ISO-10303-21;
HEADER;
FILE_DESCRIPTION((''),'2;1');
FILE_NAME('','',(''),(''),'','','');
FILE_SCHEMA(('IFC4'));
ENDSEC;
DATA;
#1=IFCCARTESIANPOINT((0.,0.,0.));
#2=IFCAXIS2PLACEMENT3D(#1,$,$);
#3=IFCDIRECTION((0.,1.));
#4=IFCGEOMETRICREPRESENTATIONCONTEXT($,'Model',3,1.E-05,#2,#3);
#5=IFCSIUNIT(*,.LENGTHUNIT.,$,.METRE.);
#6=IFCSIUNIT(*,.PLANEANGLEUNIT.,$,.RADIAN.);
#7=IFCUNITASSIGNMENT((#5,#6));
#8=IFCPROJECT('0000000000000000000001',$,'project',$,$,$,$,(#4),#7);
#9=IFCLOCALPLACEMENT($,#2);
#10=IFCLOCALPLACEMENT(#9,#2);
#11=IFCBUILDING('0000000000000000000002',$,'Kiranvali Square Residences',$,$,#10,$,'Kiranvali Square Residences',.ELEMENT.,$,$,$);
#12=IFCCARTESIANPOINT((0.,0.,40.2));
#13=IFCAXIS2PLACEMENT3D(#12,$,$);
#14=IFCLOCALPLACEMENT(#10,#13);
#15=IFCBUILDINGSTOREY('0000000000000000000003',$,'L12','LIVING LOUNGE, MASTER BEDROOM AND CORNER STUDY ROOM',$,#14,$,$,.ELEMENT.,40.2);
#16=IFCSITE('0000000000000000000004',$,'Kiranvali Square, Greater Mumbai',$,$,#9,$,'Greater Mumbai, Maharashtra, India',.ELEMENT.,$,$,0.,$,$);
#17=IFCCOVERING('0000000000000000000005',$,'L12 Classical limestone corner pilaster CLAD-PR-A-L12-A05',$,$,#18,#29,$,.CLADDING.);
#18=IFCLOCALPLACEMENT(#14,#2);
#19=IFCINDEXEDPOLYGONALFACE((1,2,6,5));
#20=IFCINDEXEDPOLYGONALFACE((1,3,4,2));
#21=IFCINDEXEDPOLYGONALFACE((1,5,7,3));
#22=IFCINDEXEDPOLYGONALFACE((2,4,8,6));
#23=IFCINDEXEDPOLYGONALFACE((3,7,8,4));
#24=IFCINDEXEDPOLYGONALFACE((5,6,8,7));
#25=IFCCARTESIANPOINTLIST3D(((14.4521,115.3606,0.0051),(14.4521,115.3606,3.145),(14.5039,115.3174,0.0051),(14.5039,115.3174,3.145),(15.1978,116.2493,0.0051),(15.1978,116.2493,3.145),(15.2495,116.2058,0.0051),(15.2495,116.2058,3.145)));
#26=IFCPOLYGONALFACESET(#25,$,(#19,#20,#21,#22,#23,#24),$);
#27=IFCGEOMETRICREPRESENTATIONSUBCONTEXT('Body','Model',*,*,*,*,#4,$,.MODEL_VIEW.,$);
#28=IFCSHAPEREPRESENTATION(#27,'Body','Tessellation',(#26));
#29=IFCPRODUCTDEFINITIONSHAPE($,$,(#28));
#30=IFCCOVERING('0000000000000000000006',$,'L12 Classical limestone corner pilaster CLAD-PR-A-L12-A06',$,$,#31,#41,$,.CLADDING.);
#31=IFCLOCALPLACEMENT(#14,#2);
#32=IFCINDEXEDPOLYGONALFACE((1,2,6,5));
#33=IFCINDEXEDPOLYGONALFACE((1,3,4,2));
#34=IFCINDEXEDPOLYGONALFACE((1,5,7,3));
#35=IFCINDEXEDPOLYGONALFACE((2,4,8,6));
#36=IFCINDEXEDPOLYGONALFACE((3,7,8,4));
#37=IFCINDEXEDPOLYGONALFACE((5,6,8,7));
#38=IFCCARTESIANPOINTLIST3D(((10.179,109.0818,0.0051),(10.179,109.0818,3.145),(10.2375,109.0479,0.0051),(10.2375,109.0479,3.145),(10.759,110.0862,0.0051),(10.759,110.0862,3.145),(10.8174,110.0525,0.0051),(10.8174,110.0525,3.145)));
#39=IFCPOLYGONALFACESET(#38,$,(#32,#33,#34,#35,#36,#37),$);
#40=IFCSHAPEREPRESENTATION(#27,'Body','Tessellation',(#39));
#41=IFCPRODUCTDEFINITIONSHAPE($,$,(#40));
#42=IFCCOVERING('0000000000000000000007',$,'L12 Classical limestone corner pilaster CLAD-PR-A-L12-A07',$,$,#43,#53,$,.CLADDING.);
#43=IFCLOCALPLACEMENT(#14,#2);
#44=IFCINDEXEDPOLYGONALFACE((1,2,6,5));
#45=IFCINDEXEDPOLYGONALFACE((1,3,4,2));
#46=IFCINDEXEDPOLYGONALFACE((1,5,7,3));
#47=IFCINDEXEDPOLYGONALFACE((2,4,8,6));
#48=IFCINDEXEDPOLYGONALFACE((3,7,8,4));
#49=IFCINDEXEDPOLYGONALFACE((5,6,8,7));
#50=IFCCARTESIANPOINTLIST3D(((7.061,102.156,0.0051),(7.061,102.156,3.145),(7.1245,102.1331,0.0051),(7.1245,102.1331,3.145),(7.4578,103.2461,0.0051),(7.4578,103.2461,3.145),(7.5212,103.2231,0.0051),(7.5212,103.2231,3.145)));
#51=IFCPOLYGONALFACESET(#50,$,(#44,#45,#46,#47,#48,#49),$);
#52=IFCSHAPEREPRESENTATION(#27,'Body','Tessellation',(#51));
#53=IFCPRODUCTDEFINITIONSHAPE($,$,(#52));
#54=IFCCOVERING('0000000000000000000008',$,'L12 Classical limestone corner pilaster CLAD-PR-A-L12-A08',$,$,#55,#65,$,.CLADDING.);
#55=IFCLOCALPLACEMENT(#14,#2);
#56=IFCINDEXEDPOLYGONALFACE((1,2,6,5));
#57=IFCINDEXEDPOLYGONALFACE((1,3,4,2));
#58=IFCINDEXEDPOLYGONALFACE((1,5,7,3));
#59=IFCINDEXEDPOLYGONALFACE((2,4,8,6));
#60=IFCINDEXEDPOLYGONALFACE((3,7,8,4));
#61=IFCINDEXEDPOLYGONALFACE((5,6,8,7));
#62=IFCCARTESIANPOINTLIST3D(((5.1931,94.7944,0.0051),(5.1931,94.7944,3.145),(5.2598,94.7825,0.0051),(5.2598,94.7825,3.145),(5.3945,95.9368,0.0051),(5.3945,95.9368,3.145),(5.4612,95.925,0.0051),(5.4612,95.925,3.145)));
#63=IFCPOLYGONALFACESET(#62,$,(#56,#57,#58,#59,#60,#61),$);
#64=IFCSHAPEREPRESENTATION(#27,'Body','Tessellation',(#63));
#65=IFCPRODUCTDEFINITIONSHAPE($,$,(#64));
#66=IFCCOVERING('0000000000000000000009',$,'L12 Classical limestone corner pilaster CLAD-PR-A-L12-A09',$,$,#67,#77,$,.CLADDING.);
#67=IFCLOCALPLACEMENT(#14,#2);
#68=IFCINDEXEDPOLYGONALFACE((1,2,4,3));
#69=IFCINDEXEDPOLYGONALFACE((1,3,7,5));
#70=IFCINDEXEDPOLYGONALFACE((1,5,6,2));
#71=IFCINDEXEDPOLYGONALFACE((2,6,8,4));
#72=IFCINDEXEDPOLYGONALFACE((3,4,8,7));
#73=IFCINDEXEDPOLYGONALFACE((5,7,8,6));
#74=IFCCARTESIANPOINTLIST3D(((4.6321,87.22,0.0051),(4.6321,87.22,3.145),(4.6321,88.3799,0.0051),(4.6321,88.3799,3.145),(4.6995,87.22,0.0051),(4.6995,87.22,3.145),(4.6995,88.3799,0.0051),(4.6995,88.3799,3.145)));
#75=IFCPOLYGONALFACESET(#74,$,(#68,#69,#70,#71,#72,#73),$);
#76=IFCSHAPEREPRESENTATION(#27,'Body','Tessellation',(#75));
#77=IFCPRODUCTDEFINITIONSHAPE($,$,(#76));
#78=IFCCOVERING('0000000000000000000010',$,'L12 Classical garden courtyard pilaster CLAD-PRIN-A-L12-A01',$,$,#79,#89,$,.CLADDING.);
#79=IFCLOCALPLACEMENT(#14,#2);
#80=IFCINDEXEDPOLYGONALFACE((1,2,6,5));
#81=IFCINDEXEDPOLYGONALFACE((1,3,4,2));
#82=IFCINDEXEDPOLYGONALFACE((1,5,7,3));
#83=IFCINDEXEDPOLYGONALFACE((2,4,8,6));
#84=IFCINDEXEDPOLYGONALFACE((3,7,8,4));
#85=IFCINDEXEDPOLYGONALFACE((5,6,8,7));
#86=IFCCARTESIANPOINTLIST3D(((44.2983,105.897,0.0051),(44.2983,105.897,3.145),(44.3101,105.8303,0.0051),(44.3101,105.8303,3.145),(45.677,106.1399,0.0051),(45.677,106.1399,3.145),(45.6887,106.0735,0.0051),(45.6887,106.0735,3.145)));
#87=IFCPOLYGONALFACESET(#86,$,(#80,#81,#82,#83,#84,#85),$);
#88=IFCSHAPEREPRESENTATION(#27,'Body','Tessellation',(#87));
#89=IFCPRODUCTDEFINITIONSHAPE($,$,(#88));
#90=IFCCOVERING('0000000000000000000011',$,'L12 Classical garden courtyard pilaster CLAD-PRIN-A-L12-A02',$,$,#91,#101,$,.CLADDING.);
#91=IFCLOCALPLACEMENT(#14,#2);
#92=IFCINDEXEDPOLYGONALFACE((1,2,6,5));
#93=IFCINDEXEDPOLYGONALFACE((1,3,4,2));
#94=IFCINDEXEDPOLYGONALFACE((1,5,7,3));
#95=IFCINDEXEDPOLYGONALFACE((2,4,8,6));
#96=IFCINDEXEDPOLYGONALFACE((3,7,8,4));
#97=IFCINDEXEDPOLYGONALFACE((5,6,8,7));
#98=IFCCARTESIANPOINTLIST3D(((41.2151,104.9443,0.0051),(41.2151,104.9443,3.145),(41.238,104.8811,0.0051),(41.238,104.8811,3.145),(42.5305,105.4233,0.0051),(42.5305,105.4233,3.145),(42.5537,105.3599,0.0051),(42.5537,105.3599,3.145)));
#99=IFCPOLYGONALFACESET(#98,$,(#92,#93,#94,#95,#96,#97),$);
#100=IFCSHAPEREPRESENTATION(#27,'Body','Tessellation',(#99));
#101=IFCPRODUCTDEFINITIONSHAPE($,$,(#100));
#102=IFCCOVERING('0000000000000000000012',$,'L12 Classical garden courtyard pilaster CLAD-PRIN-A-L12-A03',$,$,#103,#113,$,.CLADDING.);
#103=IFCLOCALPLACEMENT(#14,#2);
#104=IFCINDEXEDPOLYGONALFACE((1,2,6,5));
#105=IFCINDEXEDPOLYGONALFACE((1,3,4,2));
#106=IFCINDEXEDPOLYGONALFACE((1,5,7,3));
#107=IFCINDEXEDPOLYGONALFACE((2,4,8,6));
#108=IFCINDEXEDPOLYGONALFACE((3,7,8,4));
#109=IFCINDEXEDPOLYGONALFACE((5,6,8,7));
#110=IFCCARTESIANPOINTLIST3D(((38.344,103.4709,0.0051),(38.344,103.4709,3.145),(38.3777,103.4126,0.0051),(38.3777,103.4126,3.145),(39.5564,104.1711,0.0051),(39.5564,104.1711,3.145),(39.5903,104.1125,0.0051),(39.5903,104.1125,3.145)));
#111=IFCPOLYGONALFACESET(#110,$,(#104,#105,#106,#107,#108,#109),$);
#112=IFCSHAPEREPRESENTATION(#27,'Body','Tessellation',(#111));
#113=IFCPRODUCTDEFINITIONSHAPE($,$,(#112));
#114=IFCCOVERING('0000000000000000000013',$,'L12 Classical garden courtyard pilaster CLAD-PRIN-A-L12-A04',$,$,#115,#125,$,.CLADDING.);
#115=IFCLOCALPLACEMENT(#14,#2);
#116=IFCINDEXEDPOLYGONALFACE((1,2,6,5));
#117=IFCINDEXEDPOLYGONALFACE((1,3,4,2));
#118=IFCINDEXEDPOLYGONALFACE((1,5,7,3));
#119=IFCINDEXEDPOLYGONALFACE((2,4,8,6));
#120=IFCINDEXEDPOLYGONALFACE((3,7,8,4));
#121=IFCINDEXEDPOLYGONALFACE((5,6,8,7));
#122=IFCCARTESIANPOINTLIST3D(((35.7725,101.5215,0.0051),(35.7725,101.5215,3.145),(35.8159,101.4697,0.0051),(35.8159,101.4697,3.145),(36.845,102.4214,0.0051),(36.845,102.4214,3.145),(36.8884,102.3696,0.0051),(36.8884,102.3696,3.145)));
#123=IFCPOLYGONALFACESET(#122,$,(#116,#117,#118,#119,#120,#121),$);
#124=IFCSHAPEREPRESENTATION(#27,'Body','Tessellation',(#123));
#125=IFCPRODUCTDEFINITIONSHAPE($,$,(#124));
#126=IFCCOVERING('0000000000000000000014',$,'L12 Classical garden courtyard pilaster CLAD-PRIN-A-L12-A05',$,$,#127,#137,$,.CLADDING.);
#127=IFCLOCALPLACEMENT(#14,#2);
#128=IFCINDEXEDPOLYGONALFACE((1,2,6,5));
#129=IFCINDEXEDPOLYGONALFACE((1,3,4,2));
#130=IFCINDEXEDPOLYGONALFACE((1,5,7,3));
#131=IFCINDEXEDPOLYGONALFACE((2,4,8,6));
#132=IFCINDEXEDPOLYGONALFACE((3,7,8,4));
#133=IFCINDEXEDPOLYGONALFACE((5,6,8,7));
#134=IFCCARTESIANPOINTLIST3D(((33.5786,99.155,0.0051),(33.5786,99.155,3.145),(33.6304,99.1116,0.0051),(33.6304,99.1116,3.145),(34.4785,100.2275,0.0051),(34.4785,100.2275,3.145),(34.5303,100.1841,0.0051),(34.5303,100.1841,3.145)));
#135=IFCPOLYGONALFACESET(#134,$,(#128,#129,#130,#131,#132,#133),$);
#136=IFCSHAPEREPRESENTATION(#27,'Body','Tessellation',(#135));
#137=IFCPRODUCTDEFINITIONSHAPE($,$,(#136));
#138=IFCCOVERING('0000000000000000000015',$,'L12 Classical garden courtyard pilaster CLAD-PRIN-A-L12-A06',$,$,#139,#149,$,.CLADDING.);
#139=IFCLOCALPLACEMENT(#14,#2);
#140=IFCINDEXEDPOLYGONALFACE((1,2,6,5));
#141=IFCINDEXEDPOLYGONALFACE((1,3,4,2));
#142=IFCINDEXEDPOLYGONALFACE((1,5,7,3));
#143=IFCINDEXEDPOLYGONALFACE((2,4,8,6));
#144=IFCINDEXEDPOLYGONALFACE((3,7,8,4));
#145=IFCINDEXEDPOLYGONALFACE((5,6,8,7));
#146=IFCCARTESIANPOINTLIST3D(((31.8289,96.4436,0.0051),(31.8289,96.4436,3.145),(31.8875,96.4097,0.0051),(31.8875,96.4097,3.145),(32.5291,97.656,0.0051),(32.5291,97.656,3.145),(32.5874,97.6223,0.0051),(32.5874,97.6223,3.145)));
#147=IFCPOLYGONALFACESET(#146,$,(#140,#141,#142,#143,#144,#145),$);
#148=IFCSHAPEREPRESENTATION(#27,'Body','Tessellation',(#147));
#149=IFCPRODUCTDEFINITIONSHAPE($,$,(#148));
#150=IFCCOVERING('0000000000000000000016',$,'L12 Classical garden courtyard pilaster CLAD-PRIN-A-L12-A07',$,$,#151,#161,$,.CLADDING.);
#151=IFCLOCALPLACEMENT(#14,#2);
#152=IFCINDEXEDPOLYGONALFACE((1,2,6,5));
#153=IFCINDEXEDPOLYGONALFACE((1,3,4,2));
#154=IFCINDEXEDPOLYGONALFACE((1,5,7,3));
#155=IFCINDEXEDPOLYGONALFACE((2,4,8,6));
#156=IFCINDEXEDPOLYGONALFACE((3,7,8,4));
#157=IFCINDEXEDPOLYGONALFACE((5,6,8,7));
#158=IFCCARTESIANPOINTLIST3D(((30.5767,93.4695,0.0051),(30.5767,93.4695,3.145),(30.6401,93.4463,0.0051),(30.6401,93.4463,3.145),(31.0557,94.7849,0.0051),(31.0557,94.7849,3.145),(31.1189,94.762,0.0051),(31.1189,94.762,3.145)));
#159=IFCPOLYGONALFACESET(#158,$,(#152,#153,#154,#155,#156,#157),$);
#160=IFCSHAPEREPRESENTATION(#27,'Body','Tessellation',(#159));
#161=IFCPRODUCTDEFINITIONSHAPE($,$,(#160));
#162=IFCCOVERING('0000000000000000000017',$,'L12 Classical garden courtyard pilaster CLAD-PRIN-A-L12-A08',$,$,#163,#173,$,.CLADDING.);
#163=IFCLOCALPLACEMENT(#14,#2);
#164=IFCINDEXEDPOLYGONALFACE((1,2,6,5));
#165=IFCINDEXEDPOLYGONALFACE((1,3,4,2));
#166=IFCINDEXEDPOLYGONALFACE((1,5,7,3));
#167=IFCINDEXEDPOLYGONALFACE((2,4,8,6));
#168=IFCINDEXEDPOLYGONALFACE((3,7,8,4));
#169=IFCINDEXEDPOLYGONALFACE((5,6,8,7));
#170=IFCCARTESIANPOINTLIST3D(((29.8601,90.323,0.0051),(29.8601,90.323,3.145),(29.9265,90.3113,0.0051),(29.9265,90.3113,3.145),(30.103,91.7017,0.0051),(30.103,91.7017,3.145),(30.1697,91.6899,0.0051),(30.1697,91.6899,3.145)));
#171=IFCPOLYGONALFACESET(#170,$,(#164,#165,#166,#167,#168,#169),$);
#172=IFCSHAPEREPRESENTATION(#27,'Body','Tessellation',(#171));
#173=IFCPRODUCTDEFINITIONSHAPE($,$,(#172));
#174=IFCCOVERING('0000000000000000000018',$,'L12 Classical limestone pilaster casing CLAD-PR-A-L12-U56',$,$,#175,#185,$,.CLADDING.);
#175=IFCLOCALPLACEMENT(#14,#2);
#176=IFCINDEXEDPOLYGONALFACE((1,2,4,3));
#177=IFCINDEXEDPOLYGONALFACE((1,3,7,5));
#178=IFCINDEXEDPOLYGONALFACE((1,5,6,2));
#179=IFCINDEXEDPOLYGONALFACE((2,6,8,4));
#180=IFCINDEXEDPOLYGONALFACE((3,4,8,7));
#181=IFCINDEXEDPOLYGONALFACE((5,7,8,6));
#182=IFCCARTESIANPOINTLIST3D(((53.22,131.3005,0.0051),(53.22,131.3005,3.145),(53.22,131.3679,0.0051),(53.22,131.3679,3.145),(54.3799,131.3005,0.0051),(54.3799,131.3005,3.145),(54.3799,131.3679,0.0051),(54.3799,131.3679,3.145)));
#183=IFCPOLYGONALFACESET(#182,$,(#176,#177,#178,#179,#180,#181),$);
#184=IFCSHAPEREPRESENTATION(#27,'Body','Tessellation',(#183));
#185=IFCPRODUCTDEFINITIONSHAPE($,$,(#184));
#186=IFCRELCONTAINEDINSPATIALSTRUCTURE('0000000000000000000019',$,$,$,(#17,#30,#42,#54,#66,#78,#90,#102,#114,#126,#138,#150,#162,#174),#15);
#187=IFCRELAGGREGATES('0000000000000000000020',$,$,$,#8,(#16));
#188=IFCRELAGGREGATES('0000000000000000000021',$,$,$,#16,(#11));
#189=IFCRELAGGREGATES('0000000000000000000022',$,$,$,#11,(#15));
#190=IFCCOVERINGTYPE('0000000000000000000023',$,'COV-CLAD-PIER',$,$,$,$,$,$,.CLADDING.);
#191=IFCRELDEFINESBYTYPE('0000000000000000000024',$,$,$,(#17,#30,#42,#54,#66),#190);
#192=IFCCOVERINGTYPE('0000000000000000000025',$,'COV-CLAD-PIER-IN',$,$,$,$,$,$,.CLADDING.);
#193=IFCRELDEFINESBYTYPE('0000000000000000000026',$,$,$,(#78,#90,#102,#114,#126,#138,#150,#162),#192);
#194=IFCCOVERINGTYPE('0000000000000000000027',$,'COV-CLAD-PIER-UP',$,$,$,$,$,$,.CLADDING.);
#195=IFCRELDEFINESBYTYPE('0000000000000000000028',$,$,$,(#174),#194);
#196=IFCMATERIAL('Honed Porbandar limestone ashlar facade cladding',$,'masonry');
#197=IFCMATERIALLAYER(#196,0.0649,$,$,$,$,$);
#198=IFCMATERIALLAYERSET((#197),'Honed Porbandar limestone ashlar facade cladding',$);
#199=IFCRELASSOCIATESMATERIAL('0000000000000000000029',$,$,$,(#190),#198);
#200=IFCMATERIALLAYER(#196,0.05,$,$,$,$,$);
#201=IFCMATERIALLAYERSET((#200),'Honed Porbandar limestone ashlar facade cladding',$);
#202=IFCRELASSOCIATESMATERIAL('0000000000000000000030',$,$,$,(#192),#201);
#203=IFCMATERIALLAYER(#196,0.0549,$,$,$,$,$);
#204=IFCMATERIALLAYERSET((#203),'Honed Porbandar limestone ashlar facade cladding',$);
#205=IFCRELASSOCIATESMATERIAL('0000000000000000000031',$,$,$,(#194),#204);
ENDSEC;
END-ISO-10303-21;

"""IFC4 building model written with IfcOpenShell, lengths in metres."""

from ifc_helpers import new_model, si_unit, direction, frame, origin, place, context, subcontext, project, spatial, polyline, outline, extrude, material, layer, layer_set, type_object, element, save


model = new_model("IFC4")

# Units and contexts
model_context = context("Model", 3, precision=1e-05, world=origin(), true_north=direction((0.0, 1.0)))
body_context = subcontext(model_context, "Body", "Model", "MODEL_VIEW")
ifc_project = project(units=[si_unit("LENGTHUNIT", "METRE"), si_unit("PLANEANGLEUNIT", "RADIAN")], contexts=[model_context])

# Site, building, storey
site_placement = place(None, origin())
site = spatial("IfcSite", under=ifc_project, at=site_placement, Name="Kiranvali Square, Greater Mumbai", LongName="Greater Mumbai, Maharashtra, India", CompositionType="ELEMENT", RefElevation=0.0)
building_placement = place(site_placement, origin())
building = spatial("IfcBuilding", under=site, at=building_placement, Name="Kiranvali Square Residences", LongName="Kiranvali Square Residences", CompositionType="ELEMENT")
storey_placement = place(building_placement, frame((0.0, 0.0, 40.2)))
storey = spatial("IfcBuildingStorey", under=building, at=storey_placement, Name="L12", Description="LIVING LOUNGE, MASTER BEDROOM AND CORNER STUDY ROOM", CompositionType="ELEMENT", Elevation=40.2)

# Coverings
ifc_material = material(Name="Honed Porbandar limestone ashlar facade cladding", Category="masonry")
ifc_layer_1 = layer(ifc_material, 0.0649)
ifc_layer_set_1 = layer_set([ifc_layer_1], Name="Honed Porbandar limestone ashlar facade cladding")
covering_type_1 = type_object("IfcCoveringType", Name="COV-CLAD-PIER", PredefinedType="CLADDING", material=ifc_layer_set_1)
covering_1_placement = place(storey_placement, frame((0.0, 0.0, 0.0051)))
element("IfcCovering", 1, at=covering_1_placement, inside=storey, type_object=covering_type_1, Name="L12 Classical limestone corner pilaster CLAD-PR-A-L12-A05", PredefinedType="CLADDING", context=body_context, shape_type="SweptSolid", body=[
    extrude(outline(polyline([(15.1978, 116.2493), (14.4521, 115.3606), (14.5039, 115.3174), (15.2495, 116.2058), (15.1978, 116.2493)])), origin(), (0.0, 0.0, 1.0), 3.1399),
])
covering_2_placement = place(storey_placement, frame((0.0, 0.0, 0.0051)))
element("IfcCovering", 2, at=covering_2_placement, inside=storey, type_object=covering_type_1, Name="L12 Classical limestone corner pilaster CLAD-PR-A-L12-A06", PredefinedType="CLADDING", context=body_context, shape_type="SweptSolid", body=[
    extrude(outline(polyline([(10.759, 110.0862), (10.179, 109.0818), (10.2375, 109.0479), (10.8174, 110.0525), (10.759, 110.0862)])), origin(), (0.0, 0.0, 1.0), 3.1399),
])
covering_3_placement = place(storey_placement, frame((0.0, 0.0, 0.0051)))
element("IfcCovering", 3, at=covering_3_placement, inside=storey, type_object=covering_type_1, Name="L12 Classical limestone corner pilaster CLAD-PR-A-L12-A07", PredefinedType="CLADDING", context=body_context, shape_type="SweptSolid", body=[
    extrude(outline(polyline([(7.4578, 103.2461), (7.061, 102.156), (7.1245, 102.1331), (7.5212, 103.2231), (7.4578, 103.2461)])), origin(), (0.0, 0.0, 1.0), 3.1399),
])
covering_4_placement = place(storey_placement, frame((0.0, 0.0, 0.0051)))
element("IfcCovering", 4, at=covering_4_placement, inside=storey, type_object=covering_type_1, Name="L12 Classical limestone corner pilaster CLAD-PR-A-L12-A08", PredefinedType="CLADDING", context=body_context, shape_type="SweptSolid", body=[
    extrude(outline(polyline([(5.3945, 95.9368), (5.1931, 94.7944), (5.2598, 94.7825), (5.4612, 95.925), (5.3945, 95.9368)])), origin(), (0.0, 0.0, 1.0), 3.1399),
])
covering_5_placement = place(storey_placement, frame((0.0, 0.0, 0.0051)))
element("IfcCovering", 5, at=covering_5_placement, inside=storey, type_object=covering_type_1, Name="L12 Classical limestone corner pilaster CLAD-PR-A-L12-A09", PredefinedType="CLADDING", context=body_context, shape_type="SweptSolid", body=[
    extrude(outline(polyline([(4.6321, 88.3799), (4.6321, 87.22), (4.6995, 87.22), (4.6995, 88.3799), (4.6321, 88.3799)])), origin(), (0.0, 0.0, 1.0), 3.1399),
])
ifc_layer_2 = layer(ifc_material, 0.05)
ifc_layer_set_2 = layer_set([ifc_layer_2], Name="Honed Porbandar limestone ashlar facade cladding")
covering_type_2 = type_object("IfcCoveringType", Name="COV-CLAD-PIER-IN", PredefinedType="CLADDING", material=ifc_layer_set_2)
covering_6_placement = place(storey_placement, frame((0.0, 0.0, 0.0051)))
element("IfcCovering", 6, at=covering_6_placement, inside=storey, type_object=covering_type_2, Name="L12 Classical garden courtyard pilaster CLAD-PRIN-A-L12-A01", PredefinedType="CLADDING", context=body_context, shape_type="SweptSolid", body=[
    extrude(outline(polyline([(44.3101, 105.8303), (45.6887, 106.0735), (45.677, 106.1399), (44.2983, 105.897), (44.3101, 105.8303)])), origin(), (0.0, 0.0, 1.0), 3.1399),
])
covering_7_placement = place(storey_placement, frame((0.0, 0.0, 0.0051)))
element("IfcCovering", 7, at=covering_7_placement, inside=storey, type_object=covering_type_2, Name="L12 Classical garden courtyard pilaster CLAD-PRIN-A-L12-A02", PredefinedType="CLADDING", context=body_context, shape_type="SweptSolid", body=[
    extrude(outline(polyline([(41.238, 104.8811), (42.5537, 105.3599), (42.5305, 105.4233), (41.2151, 104.9443), (41.238, 104.8811)])), origin(), (0.0, 0.0, 1.0), 3.1399),
])
covering_8_placement = place(storey_placement, frame((0.0, 0.0, 0.0051)))
element("IfcCovering", 8, at=covering_8_placement, inside=storey, type_object=covering_type_2, Name="L12 Classical garden courtyard pilaster CLAD-PRIN-A-L12-A03", PredefinedType="CLADDING", context=body_context, shape_type="SweptSolid", body=[
    extrude(outline(polyline([(38.3777, 103.4126), (39.5903, 104.1125), (39.5564, 104.1711), (38.344, 103.4709), (38.3777, 103.4126)])), origin(), (0.0, 0.0, 1.0), 3.1399),
])
covering_9_placement = place(storey_placement, frame((0.0, 0.0, 0.0051)))
element("IfcCovering", 9, at=covering_9_placement, inside=storey, type_object=covering_type_2, Name="L12 Classical garden courtyard pilaster CLAD-PRIN-A-L12-A04", PredefinedType="CLADDING", context=body_context, shape_type="SweptSolid", body=[
    extrude(outline(polyline([(35.8159, 101.4697), (36.8884, 102.3696), (36.845, 102.4214), (35.7725, 101.5215), (35.8159, 101.4697)])), origin(), (0.0, 0.0, 1.0), 3.1399),
])
covering_10_placement = place(storey_placement, frame((0.0, 0.0, 0.0051)))
element("IfcCovering", 10, at=covering_10_placement, inside=storey, type_object=covering_type_2, Name="L12 Classical garden courtyard pilaster CLAD-PRIN-A-L12-A05", PredefinedType="CLADDING", context=body_context, shape_type="SweptSolid", body=[
    extrude(outline(polyline([(33.6304, 99.1116), (34.5303, 100.1841), (34.4785, 100.2275), (33.5786, 99.155), (33.6304, 99.1116)])), origin(), (0.0, 0.0, 1.0), 3.1399),
])
covering_11_placement = place(storey_placement, frame((0.0, 0.0, 0.0051)))
element("IfcCovering", 11, at=covering_11_placement, inside=storey, type_object=covering_type_2, Name="L12 Classical garden courtyard pilaster CLAD-PRIN-A-L12-A06", PredefinedType="CLADDING", context=body_context, shape_type="SweptSolid", body=[
    extrude(outline(polyline([(31.8875, 96.4097), (32.5874, 97.6223), (32.5291, 97.656), (31.8289, 96.4436), (31.8875, 96.4097)])), origin(), (0.0, 0.0, 1.0), 3.1399),
])
covering_12_placement = place(storey_placement, frame((0.0, 0.0, 0.0051)))
element("IfcCovering", 12, at=covering_12_placement, inside=storey, type_object=covering_type_2, Name="L12 Classical garden courtyard pilaster CLAD-PRIN-A-L12-A07", PredefinedType="CLADDING", context=body_context, shape_type="SweptSolid", body=[
    extrude(outline(polyline([(30.6401, 93.4463), (31.1189, 94.762), (31.0557, 94.7849), (30.5767, 93.4695), (30.6401, 93.4463)])), origin(), (0.0, 0.0, 1.0), 3.1399),
])
covering_13_placement = place(storey_placement, frame((0.0, 0.0, 0.0051)))
element("IfcCovering", 13, at=covering_13_placement, inside=storey, type_object=covering_type_2, Name="L12 Classical garden courtyard pilaster CLAD-PRIN-A-L12-A08", PredefinedType="CLADDING", context=body_context, shape_type="SweptSolid", body=[
    extrude(outline(polyline([(29.9265, 90.3113), (30.1697, 91.6899), (30.103, 91.7017), (29.8601, 90.323), (29.9265, 90.3113)])), origin(), (0.0, 0.0, 1.0), 3.1399),
])
ifc_layer_3 = layer(ifc_material, 0.0549)
ifc_layer_set_3 = layer_set([ifc_layer_3], Name="Honed Porbandar limestone ashlar facade cladding")
covering_type_3 = type_object("IfcCoveringType", Name="COV-CLAD-PIER-UP", PredefinedType="CLADDING", material=ifc_layer_set_3)
covering_14_placement = place(storey_placement, frame((0.0, 0.0, 0.0051)))
element("IfcCovering", 14, at=covering_14_placement, inside=storey, type_object=covering_type_3, Name="L12 Classical limestone pilaster casing CLAD-PR-A-L12-U56", PredefinedType="CLADDING", context=body_context, shape_type="SweptSolid", body=[
    extrude(outline(polyline([(53.22, 131.3005), (54.3799, 131.3005), (54.3799, 131.3679), (53.22, 131.3679), (53.22, 131.3005)])), origin(), (0.0, 0.0, 1.0), 3.1399),
])

save(model, "model.ifc")
